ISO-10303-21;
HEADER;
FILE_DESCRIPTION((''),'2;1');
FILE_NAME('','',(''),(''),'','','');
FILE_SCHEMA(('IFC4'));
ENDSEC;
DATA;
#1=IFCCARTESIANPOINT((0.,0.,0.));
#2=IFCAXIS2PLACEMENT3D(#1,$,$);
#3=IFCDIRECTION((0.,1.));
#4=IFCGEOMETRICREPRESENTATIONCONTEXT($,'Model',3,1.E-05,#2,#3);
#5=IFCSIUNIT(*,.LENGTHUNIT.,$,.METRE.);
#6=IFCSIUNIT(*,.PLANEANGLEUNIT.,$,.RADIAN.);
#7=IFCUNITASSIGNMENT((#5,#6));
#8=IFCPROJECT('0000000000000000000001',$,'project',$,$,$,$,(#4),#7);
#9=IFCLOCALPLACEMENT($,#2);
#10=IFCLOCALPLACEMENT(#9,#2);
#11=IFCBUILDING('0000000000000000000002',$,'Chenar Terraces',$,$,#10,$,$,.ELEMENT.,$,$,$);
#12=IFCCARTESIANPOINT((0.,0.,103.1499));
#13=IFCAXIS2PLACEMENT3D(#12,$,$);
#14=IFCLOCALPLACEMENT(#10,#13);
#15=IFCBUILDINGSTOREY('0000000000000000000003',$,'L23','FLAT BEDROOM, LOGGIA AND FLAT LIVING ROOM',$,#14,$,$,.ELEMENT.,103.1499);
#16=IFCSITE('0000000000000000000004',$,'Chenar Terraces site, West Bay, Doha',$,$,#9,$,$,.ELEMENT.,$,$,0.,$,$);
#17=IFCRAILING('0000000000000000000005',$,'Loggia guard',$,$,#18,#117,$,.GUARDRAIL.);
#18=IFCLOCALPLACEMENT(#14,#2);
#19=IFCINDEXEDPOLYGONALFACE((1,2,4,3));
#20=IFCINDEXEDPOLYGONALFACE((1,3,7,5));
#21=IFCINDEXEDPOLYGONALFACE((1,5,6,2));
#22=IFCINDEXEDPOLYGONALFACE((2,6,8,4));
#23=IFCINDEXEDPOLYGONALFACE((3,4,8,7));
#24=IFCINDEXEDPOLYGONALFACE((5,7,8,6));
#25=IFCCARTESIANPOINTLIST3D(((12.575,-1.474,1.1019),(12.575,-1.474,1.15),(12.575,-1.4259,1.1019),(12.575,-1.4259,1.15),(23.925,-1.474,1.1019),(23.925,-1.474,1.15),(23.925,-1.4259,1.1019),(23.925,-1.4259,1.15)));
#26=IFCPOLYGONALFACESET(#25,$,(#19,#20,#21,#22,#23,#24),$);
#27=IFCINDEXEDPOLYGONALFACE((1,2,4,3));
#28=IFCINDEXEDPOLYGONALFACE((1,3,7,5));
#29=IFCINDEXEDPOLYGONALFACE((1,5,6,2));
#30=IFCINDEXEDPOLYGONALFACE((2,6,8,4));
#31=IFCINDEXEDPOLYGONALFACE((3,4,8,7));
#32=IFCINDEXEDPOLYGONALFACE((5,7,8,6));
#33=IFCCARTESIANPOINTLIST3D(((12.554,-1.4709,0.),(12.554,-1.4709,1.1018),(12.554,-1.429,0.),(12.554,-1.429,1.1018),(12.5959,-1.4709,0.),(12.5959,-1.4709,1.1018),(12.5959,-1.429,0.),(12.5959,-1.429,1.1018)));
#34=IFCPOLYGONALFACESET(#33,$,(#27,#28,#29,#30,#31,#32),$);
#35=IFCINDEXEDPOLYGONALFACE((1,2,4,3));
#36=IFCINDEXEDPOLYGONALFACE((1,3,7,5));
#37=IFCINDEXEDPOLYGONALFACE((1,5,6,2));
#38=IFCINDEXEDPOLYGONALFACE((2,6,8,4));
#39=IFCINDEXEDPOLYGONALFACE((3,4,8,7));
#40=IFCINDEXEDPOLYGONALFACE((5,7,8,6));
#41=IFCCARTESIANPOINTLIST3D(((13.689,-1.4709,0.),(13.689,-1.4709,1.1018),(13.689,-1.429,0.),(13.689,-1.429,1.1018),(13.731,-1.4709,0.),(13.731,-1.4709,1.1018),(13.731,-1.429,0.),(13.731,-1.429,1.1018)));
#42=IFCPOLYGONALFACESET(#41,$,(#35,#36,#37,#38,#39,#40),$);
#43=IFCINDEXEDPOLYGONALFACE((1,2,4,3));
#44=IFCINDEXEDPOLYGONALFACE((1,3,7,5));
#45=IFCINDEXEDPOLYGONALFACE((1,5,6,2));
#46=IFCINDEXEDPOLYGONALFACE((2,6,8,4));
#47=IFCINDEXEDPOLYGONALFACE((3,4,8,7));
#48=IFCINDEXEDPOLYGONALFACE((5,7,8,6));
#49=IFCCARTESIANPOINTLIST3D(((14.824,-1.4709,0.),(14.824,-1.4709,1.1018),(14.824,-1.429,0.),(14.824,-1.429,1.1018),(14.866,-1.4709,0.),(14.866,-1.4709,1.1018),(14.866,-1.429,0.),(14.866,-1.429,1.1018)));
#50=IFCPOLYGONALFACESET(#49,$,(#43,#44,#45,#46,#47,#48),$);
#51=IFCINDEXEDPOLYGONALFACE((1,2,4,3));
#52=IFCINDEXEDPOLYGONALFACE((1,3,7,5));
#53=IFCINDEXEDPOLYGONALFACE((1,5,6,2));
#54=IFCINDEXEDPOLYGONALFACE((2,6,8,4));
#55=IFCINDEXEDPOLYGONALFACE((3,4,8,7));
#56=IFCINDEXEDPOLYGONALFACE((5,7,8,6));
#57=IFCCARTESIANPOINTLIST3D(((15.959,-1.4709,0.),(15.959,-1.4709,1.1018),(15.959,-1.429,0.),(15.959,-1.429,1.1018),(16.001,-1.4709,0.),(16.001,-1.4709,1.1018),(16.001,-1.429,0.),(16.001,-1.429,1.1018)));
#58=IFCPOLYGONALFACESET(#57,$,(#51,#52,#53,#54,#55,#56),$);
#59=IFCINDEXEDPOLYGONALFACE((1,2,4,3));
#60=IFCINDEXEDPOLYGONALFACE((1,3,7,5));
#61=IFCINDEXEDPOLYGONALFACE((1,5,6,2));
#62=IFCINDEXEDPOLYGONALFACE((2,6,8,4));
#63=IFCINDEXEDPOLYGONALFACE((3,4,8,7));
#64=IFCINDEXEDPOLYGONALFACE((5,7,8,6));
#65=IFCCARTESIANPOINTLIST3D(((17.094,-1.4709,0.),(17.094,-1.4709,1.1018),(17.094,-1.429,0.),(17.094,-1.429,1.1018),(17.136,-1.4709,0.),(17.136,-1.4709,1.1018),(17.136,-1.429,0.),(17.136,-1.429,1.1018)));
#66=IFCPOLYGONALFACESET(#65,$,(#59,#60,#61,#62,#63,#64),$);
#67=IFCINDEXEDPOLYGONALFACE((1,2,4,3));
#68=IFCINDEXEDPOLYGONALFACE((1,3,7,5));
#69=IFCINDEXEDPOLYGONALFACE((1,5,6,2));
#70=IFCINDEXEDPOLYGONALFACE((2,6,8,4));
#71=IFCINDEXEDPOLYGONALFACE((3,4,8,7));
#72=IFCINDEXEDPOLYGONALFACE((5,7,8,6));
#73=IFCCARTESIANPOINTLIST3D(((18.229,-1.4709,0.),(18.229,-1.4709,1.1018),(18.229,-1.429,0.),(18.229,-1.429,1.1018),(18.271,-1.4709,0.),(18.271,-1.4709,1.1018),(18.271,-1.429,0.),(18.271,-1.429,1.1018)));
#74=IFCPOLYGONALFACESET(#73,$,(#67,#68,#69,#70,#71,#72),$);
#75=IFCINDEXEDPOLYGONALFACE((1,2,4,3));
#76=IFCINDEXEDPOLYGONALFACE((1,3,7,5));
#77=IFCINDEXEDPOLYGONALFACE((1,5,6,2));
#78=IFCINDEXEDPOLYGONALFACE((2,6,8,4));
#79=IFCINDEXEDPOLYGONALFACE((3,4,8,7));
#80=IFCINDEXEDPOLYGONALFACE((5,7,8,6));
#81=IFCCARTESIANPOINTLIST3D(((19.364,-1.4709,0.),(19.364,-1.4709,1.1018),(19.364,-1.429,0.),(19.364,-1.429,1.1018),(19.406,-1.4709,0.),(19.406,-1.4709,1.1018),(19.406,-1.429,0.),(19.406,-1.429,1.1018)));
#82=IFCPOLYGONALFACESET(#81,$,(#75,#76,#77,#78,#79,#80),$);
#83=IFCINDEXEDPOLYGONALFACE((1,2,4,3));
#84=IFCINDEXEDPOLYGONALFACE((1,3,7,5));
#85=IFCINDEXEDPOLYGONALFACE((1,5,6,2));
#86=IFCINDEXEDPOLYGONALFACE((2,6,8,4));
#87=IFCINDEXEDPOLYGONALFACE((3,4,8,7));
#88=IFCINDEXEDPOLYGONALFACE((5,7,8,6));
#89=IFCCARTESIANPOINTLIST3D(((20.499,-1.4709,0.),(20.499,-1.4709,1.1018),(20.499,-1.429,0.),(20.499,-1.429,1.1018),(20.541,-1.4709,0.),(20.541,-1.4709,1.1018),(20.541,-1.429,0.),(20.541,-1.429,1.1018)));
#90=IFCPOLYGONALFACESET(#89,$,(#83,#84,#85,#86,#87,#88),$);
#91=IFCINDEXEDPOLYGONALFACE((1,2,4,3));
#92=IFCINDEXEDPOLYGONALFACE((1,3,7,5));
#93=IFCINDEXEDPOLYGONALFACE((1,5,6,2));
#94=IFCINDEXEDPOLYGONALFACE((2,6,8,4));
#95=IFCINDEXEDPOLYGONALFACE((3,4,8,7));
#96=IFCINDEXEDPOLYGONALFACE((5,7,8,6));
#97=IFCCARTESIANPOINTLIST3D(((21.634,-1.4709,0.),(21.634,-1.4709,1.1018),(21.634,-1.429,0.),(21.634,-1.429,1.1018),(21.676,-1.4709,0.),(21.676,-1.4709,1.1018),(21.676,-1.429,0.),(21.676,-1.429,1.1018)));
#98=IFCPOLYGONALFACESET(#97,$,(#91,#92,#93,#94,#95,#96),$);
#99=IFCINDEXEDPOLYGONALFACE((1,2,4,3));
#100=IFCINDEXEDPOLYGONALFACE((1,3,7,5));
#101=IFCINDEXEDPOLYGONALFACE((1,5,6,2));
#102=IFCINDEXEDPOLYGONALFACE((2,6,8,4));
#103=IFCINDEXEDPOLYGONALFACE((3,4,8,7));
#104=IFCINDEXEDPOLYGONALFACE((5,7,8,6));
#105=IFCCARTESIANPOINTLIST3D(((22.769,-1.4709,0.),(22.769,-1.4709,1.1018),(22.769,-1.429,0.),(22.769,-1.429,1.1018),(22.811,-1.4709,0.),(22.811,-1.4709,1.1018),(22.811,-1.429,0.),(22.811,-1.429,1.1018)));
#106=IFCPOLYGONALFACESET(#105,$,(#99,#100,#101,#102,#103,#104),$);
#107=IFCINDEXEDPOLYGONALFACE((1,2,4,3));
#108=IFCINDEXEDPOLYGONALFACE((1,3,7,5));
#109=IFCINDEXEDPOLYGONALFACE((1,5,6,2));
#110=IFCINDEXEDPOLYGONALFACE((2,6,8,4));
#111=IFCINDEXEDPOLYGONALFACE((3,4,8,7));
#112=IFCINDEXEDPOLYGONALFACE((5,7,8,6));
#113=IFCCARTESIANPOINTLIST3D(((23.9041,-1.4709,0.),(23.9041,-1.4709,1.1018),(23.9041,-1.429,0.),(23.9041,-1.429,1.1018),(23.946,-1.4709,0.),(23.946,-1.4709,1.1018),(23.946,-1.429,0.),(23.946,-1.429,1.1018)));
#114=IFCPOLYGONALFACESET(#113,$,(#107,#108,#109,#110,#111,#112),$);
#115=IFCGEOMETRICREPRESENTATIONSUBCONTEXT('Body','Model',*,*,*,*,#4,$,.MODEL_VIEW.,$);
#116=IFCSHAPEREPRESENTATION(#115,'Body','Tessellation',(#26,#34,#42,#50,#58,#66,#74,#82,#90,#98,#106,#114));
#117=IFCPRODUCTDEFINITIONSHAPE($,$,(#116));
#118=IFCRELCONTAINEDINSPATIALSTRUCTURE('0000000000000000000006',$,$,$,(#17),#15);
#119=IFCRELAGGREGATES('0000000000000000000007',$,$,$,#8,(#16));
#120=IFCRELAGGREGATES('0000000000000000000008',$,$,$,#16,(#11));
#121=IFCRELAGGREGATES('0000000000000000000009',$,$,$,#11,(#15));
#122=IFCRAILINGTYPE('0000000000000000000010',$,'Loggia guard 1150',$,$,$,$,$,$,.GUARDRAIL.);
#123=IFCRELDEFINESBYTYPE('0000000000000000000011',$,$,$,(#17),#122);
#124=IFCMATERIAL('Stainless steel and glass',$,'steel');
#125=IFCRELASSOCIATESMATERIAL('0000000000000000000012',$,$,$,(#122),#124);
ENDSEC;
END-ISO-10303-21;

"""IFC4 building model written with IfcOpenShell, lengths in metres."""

from ifc_helpers import new_model, si_unit, direction, frame, origin, origin_2d, place, context, subcontext, project, spatial, rectangle, extrude, material, type_object, element, save


model = new_model("IFC4")

# Units and contexts
model_context = context("Model", 3, precision=1e-05, world=origin(), true_north=direction((0.0, 1.0)))
body_context = subcontext(model_context, "Body", "Model", "MODEL_VIEW")
ifc_project = project(units=[si_unit("LENGTHUNIT", "METRE"), si_unit("PLANEANGLEUNIT", "RADIAN")], contexts=[model_context])

# Site, building, storey
site_placement = place(None, origin())
site = spatial("IfcSite", under=ifc_project, at=site_placement, Name="Chenar Terraces site, West Bay, Doha", CompositionType="ELEMENT", RefElevation=0.0)
building_placement = place(site_placement, origin())
building = spatial("IfcBuilding", under=site, at=building_placement, Name="Chenar Terraces", CompositionType="ELEMENT")
storey_placement = place(building_placement, frame((0.0, 0.0, 103.1499)))
storey = spatial("IfcBuildingStorey", under=building, at=storey_placement, Name="L23", Description="FLAT BEDROOM, LOGGIA AND FLAT LIVING ROOM", CompositionType="ELEMENT", Elevation=103.1499)

# Railing
ifc_material_1 = material(Name="Stainless steel and glass", Category="steel")
railing_type = type_object("IfcRailingType", Name="Loggia guard 1150", PredefinedType="GUARDRAIL", material=ifc_material_1)
railing_placement = place(storey_placement, frame((12.575, -1.45, 0.0)))
element("IfcRailing", 1, at=railing_placement, inside=storey, type_object=railing_type, Name="Loggia guard", PredefinedType="GUARDRAIL", context=body_context, shape_type="SweptSolid", body=[
    extrude(rectangle(XDim=0.0481, YDim=0.0481, at=origin_2d()), frame((0.0, 0.0, 1.126), z_axis=(1.0, 0.0, 0.0), x_axis=(0.0, 1.0, 0.0)), (0.0, 0.0, 1.0), 11.3501),
    extrude(rectangle(XDim=0.042, YDim=0.042, at=origin_2d()), origin(), (0.0, 0.0, 1.0), 1.1018),
    extrude(rectangle(XDim=0.042, YDim=0.042, at=origin_2d()), frame((1.135, 0.0, 0.0)), (0.0, 0.0, 1.0), 1.1018),
    extrude(rectangle(XDim=0.042, YDim=0.042, at=origin_2d()), frame((2.27, 0.0, 0.0)), (0.0, 0.0, 1.0), 1.1018),
    extrude(rectangle(XDim=0.042, YDim=0.042, at=origin_2d()), frame((3.405, 0.0, 0.0)), (0.0, 0.0, 1.0), 1.1018),
    extrude(rectangle(XDim=0.042, YDim=0.042, at=origin_2d()), frame((4.54, 0.0, 0.0)), (0.0, 0.0, 1.0), 1.1018),
    extrude(rectangle(XDim=0.042, YDim=0.042, at=origin_2d()), frame((5.675, 0.0, 0.0)), (0.0, 0.0, 1.0), 1.1018),
    extrude(rectangle(XDim=0.042, YDim=0.042, at=origin_2d()), frame((6.8101, 0.0, 0.0)), (0.0, 0.0, 1.0), 1.1018),
    extrude(rectangle(XDim=0.042, YDim=0.042, at=origin_2d()), frame((7.9451, 0.0, 0.0)), (0.0, 0.0, 1.0), 1.1018),
    extrude(rectangle(XDim=0.042, YDim=0.042, at=origin_2d()), frame((9.0801, 0.0, 0.0)), (0.0, 0.0, 1.0), 1.1018),
    extrude(rectangle(XDim=0.042, YDim=0.042, at=origin_2d()), frame((10.2151, 0.0, 0.0)), (0.0, 0.0, 1.0), 1.1018),
    extrude(rectangle(XDim=0.042, YDim=0.042, at=origin_2d()), frame((11.3501, 0.0, 0.0)), (0.0, 0.0, 1.0), 1.1018),
])

save(model, "model.ifc")
